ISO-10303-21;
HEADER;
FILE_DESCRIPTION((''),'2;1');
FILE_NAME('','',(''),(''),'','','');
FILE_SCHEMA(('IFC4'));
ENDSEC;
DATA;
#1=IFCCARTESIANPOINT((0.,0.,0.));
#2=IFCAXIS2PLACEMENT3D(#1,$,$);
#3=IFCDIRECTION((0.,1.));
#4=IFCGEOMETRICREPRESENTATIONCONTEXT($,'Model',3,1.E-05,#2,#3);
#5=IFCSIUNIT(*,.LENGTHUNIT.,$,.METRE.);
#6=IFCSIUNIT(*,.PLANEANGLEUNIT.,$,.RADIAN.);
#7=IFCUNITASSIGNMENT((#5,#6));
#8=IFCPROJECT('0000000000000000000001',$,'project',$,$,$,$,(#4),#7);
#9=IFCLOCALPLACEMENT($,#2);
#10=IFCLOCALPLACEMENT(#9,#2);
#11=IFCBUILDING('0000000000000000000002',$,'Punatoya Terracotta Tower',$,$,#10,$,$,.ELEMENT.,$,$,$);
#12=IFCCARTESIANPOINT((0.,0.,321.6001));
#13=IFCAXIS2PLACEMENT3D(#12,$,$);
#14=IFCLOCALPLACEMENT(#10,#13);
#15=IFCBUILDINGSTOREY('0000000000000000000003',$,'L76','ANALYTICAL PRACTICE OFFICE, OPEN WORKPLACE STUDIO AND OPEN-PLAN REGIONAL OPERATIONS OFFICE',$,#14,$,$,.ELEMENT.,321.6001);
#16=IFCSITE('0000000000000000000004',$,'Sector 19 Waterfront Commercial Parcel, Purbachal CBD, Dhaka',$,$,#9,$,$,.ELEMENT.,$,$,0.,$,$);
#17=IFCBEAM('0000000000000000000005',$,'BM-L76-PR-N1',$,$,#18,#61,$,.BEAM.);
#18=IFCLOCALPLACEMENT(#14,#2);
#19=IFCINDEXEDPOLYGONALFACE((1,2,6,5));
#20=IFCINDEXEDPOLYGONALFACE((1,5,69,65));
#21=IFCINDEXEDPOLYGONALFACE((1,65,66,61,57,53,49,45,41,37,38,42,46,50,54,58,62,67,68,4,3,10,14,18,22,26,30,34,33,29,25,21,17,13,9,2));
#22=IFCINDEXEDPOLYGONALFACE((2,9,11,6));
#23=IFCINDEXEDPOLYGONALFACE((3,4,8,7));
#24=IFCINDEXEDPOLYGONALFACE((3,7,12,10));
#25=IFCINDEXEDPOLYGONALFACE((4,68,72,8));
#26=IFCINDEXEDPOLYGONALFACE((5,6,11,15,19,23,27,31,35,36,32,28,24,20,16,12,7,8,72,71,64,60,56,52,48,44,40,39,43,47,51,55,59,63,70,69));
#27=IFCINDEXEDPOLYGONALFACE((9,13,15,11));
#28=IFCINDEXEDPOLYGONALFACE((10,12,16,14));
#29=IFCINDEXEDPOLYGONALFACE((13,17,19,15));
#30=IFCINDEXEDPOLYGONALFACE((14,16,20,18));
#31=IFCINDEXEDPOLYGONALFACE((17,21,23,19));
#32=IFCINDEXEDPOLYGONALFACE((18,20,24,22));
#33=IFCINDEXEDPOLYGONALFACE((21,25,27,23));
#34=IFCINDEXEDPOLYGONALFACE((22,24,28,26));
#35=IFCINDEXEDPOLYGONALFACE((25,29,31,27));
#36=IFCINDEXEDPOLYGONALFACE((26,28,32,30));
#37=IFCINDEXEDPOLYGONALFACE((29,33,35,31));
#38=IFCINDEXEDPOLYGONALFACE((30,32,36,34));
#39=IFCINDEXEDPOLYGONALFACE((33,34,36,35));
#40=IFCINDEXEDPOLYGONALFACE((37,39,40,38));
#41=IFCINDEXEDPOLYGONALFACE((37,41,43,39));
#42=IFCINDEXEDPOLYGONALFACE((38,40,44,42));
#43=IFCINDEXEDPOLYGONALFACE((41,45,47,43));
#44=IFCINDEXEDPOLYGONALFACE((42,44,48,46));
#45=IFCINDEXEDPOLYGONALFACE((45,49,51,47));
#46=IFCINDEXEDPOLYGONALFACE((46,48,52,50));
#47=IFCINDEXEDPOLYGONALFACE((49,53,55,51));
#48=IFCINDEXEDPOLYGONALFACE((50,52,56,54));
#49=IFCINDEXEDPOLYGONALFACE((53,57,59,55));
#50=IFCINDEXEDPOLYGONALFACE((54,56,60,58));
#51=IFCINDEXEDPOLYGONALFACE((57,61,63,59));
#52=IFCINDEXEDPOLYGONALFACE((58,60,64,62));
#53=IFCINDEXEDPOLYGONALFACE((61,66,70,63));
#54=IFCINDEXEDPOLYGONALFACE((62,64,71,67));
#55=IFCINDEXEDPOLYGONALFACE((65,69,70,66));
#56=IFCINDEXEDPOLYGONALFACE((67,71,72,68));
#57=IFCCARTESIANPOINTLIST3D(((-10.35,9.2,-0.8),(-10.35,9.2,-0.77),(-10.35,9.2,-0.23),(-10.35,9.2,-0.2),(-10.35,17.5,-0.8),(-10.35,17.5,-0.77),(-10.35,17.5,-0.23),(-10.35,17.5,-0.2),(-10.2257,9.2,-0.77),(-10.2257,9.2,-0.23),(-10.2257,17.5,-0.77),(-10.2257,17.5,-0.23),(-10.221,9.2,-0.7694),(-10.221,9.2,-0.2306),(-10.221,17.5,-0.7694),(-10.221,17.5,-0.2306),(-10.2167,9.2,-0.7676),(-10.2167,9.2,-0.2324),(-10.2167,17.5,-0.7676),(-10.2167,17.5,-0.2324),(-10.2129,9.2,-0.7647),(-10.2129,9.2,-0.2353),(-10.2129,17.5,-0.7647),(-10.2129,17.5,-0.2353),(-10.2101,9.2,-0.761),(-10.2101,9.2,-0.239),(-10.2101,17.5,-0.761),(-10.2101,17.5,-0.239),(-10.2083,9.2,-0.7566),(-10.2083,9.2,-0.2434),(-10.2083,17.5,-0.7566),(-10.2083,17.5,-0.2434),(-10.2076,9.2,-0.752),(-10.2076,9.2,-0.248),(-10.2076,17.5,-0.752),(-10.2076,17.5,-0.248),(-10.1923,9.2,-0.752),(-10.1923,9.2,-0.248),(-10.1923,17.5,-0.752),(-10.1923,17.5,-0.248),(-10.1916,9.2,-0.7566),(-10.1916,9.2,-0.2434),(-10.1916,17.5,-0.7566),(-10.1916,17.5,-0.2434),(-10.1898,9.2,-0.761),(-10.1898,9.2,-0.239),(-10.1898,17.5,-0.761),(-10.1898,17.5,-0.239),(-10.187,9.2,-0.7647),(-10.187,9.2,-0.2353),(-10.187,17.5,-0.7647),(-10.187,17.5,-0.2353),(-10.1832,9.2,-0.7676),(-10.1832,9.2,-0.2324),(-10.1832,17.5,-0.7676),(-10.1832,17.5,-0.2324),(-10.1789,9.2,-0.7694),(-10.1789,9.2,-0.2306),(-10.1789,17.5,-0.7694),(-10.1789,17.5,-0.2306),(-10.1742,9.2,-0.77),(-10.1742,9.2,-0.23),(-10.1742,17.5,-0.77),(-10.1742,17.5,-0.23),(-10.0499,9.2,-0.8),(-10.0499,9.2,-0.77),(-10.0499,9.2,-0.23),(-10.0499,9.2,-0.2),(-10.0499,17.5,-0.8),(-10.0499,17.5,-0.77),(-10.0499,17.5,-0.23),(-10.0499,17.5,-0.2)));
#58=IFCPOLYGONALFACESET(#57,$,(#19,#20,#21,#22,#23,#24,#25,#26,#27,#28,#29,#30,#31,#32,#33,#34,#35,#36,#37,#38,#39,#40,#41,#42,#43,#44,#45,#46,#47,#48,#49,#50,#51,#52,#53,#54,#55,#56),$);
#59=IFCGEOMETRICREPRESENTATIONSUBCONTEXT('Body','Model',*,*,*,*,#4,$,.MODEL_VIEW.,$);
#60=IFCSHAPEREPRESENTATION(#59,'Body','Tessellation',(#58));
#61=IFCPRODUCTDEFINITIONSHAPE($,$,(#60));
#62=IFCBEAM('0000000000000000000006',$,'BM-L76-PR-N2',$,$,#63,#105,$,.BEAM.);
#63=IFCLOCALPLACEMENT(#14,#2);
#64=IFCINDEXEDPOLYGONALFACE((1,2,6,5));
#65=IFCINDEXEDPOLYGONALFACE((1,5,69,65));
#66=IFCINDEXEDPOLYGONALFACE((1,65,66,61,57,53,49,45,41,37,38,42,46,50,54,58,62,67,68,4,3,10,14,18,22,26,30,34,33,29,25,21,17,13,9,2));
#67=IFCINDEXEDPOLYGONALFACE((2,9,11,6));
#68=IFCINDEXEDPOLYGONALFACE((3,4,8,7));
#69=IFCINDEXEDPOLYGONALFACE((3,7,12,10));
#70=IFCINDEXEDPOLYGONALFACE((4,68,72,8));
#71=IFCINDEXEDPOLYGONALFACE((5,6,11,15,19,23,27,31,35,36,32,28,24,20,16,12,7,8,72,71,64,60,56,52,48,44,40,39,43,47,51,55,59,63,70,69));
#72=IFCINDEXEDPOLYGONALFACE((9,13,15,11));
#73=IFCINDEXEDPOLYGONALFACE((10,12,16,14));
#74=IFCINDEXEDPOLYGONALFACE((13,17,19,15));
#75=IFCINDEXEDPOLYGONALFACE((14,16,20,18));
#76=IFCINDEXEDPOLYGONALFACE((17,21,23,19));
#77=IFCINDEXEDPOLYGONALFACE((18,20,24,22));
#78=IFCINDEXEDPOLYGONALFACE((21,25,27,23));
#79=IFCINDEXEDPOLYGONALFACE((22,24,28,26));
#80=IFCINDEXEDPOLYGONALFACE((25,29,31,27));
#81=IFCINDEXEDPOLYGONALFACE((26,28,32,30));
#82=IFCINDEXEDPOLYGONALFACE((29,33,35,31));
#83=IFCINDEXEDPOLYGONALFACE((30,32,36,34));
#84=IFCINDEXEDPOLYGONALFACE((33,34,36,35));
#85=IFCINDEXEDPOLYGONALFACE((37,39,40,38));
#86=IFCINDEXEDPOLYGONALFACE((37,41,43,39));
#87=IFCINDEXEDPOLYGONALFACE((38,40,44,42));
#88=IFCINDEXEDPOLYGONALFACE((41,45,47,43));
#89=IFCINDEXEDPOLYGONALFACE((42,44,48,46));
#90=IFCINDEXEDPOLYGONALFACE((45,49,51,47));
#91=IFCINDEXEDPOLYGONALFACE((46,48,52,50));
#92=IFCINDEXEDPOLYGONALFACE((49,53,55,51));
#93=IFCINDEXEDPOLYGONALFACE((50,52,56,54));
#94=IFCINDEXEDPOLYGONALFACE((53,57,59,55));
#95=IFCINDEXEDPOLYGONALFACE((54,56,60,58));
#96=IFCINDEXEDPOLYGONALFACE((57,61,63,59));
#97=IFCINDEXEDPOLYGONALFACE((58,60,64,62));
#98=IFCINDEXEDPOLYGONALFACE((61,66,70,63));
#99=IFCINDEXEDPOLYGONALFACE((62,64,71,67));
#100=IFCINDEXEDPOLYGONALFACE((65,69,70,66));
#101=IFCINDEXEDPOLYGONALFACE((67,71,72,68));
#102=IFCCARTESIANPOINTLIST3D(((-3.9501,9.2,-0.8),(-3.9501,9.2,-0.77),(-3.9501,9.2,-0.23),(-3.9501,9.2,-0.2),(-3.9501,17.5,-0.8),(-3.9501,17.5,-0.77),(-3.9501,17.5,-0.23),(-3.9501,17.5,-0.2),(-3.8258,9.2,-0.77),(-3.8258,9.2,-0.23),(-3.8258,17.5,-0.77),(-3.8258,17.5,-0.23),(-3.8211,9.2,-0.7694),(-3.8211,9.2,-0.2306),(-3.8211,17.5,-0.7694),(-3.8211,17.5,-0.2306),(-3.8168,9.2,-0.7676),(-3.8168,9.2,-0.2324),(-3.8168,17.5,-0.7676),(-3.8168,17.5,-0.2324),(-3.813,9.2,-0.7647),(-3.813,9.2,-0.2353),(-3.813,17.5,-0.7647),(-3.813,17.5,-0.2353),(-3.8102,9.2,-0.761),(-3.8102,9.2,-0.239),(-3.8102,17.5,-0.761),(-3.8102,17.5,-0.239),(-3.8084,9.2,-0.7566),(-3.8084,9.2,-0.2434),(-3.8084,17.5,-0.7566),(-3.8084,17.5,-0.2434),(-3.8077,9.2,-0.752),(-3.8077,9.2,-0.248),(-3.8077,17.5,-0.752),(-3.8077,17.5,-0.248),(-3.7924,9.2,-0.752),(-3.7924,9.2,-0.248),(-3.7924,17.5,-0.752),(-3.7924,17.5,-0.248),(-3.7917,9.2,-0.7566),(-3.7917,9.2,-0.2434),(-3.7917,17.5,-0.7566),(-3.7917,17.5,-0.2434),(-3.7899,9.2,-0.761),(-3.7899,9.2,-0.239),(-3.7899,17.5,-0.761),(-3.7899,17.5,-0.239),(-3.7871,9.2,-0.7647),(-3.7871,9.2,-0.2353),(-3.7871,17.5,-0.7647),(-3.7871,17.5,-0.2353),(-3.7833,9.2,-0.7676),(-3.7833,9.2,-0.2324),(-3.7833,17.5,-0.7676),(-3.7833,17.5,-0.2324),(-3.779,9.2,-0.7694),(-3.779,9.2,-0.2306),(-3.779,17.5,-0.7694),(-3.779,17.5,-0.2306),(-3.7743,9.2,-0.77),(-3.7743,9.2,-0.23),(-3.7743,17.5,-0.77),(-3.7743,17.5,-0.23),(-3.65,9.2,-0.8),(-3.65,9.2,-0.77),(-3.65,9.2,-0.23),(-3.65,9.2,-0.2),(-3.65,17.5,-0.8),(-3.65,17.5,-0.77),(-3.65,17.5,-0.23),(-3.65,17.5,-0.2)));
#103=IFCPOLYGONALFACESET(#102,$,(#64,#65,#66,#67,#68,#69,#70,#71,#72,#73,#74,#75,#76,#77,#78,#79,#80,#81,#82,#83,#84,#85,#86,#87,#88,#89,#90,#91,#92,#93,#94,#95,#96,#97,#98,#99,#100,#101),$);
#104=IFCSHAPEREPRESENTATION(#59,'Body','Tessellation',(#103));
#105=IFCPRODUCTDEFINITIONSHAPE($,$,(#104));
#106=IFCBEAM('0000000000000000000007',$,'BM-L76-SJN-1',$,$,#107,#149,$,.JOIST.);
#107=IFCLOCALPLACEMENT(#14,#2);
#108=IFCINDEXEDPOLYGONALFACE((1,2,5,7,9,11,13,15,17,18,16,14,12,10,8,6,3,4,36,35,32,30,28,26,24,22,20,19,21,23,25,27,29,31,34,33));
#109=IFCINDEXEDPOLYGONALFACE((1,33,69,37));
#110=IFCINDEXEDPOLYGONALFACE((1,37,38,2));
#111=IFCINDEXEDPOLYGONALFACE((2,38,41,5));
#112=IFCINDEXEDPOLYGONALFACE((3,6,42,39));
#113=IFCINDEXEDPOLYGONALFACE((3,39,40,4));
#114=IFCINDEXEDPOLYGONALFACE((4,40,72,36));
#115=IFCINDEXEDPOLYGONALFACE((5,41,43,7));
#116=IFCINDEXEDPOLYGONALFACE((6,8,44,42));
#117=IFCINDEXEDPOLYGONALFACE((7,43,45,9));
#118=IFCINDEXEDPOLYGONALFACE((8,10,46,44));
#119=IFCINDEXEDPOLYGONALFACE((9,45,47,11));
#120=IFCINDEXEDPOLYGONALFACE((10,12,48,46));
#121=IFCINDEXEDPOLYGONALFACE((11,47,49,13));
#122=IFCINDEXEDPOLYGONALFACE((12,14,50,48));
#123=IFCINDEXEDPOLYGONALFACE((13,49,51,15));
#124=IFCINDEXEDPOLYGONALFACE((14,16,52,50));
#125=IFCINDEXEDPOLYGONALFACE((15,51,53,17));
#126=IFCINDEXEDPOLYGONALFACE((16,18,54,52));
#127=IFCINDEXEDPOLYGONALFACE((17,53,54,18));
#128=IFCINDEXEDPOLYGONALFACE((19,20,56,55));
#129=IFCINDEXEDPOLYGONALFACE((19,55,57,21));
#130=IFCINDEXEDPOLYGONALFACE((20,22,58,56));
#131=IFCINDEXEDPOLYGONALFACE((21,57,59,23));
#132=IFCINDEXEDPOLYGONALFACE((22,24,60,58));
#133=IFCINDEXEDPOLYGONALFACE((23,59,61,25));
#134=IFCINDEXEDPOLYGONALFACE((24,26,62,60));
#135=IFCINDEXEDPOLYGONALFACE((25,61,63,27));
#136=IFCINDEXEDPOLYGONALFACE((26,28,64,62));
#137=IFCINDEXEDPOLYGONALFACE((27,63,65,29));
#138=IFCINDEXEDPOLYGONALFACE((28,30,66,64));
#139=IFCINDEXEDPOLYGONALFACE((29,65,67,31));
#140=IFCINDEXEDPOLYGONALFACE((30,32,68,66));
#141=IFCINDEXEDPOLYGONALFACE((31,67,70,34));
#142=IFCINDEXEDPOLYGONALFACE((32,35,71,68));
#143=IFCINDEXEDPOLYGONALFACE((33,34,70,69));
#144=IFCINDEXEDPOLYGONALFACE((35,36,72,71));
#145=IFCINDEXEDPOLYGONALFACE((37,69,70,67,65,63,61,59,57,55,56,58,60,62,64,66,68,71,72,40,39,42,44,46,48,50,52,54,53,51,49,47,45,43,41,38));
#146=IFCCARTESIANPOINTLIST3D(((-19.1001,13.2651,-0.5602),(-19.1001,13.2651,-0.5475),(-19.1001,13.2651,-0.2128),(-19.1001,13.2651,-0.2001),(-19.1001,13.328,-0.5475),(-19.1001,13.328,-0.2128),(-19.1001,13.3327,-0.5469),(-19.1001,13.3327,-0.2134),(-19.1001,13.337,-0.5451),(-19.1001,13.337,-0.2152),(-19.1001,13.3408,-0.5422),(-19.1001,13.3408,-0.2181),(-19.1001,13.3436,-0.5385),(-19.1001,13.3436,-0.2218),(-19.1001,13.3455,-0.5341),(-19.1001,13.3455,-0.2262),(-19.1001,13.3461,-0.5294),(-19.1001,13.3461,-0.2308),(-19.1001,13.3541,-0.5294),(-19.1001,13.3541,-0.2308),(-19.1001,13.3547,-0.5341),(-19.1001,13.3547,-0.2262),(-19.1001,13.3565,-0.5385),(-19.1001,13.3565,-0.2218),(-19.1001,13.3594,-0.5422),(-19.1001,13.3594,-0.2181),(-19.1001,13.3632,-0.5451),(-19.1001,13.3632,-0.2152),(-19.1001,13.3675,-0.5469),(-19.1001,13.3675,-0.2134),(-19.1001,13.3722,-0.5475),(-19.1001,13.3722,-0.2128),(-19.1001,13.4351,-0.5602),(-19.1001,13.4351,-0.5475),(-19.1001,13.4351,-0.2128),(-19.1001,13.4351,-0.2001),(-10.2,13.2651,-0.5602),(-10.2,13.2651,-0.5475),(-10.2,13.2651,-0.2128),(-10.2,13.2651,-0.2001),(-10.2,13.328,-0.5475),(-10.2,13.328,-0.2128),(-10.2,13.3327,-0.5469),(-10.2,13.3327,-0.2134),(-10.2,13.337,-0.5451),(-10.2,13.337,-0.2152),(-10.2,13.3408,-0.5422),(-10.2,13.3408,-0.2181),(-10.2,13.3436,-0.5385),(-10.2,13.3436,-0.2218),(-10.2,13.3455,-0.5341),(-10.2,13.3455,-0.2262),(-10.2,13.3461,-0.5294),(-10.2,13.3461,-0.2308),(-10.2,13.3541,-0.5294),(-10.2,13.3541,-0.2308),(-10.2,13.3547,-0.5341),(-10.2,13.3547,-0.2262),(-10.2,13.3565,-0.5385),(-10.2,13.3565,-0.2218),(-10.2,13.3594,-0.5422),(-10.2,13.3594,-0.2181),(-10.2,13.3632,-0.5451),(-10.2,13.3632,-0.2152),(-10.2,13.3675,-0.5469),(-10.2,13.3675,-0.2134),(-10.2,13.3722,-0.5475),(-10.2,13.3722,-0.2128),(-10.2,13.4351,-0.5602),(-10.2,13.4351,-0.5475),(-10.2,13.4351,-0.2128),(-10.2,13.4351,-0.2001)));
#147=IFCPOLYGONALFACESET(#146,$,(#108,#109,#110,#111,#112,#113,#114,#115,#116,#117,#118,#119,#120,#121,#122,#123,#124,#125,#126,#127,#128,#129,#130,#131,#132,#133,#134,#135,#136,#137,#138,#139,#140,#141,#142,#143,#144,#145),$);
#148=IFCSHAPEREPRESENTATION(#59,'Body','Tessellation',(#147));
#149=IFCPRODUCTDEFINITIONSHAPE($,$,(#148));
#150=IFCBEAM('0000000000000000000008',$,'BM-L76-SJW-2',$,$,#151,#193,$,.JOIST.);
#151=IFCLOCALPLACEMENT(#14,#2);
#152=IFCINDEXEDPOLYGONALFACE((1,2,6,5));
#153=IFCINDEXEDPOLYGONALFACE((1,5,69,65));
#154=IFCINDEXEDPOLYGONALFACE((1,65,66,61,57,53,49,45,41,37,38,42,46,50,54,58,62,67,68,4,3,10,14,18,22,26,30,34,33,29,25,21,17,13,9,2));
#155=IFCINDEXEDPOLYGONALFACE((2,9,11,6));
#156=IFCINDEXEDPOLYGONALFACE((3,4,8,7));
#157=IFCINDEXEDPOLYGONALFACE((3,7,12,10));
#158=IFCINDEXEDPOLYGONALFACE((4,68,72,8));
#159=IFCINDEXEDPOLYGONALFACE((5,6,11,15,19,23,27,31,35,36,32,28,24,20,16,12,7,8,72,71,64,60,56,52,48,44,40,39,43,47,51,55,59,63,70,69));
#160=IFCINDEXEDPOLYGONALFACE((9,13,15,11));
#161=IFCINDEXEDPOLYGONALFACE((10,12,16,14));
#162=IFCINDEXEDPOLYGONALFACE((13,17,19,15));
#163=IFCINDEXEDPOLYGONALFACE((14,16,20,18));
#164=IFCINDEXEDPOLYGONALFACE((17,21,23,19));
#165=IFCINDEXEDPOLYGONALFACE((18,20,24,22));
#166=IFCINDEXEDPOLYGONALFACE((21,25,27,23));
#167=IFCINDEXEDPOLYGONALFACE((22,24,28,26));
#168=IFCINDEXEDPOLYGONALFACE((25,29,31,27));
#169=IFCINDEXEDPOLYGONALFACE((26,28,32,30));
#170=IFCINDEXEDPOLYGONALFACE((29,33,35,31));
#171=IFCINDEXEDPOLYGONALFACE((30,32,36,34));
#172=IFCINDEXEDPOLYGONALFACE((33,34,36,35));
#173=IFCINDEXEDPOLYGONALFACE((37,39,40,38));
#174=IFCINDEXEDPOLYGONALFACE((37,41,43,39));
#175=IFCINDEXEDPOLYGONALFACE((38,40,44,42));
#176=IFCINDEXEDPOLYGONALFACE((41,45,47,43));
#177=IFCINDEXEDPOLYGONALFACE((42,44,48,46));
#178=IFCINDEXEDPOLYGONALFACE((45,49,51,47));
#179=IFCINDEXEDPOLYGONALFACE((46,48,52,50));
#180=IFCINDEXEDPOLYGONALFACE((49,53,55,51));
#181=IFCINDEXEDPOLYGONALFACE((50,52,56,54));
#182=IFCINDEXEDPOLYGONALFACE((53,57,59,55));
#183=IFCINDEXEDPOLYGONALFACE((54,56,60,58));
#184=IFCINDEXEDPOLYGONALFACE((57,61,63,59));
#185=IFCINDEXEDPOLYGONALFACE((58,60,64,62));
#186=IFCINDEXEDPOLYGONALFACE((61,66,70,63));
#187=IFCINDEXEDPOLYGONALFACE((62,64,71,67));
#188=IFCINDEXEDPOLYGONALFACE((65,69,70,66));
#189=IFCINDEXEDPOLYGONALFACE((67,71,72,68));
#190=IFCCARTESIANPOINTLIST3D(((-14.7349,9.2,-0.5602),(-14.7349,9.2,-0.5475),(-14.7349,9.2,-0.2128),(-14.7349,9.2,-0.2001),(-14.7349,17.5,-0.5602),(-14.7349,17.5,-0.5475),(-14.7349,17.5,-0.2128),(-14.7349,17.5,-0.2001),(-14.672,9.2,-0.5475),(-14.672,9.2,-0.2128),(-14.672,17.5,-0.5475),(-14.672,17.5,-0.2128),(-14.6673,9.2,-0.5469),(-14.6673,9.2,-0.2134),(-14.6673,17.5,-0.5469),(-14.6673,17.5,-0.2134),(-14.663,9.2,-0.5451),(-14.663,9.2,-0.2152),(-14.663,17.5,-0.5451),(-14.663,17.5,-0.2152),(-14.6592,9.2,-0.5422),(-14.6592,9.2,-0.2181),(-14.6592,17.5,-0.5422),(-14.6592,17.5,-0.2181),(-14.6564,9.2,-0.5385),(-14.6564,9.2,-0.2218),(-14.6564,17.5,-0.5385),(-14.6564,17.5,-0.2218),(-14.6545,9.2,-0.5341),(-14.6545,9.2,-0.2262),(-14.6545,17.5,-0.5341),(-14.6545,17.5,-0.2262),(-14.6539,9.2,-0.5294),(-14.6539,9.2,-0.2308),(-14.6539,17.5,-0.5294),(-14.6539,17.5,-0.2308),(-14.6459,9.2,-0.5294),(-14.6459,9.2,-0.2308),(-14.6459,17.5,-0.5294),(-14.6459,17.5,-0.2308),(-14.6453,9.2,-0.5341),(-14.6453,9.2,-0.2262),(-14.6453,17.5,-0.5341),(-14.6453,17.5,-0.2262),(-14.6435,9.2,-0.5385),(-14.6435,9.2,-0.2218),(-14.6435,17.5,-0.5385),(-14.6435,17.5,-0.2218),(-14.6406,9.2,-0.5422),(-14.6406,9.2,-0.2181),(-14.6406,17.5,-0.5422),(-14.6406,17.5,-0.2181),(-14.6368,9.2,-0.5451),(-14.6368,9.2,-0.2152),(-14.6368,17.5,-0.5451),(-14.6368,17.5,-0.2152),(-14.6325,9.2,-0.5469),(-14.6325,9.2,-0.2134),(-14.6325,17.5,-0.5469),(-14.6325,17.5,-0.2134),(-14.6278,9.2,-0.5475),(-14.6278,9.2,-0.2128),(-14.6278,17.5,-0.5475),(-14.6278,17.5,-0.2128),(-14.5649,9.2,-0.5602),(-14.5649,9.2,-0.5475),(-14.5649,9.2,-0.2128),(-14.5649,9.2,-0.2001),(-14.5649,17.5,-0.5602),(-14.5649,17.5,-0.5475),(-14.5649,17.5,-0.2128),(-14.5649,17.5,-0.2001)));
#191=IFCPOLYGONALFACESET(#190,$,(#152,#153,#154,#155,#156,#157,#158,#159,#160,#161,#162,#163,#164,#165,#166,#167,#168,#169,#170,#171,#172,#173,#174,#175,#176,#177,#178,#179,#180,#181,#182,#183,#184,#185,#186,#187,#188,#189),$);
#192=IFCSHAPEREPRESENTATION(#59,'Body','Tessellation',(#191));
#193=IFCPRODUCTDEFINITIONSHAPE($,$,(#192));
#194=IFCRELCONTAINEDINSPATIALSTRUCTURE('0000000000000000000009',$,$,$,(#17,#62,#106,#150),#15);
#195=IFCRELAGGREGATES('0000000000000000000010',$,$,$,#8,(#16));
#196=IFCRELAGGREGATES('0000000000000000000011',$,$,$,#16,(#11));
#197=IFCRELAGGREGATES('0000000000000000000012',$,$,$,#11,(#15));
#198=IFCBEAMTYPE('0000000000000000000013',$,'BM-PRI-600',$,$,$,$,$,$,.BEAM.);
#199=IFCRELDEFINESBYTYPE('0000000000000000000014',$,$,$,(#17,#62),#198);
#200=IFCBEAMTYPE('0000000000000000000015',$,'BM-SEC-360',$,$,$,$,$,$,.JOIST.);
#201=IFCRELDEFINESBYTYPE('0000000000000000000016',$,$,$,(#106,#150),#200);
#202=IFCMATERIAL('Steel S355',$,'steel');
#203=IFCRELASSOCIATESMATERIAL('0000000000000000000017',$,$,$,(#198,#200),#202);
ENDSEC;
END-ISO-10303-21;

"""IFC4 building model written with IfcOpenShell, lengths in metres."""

from ifc_helpers import new_model, si_unit, direction, frame, origin, origin_2d, place, context, subcontext, project, spatial, i_section, extrude, material, material_profile, profile_set, type_object, element, save


model = new_model("IFC4")

# Units and contexts
model_context = context("Model", 3, precision=1e-05, world=origin(), true_north=direction((0.0, 1.0)))
body_context = subcontext(model_context, "Body", "Model", "MODEL_VIEW")
ifc_project = project(units=[si_unit("LENGTHUNIT", "METRE"), si_unit("PLANEANGLEUNIT", "RADIAN")], contexts=[model_context])

# Site, building, storey
site_placement = place(None, origin())
site = spatial("IfcSite", under=ifc_project, at=site_placement, Name="Sector 19 Waterfront Commercial Parcel, Purbachal CBD, Dhaka", CompositionType="ELEMENT", RefElevation=0.0)
building_placement = place(site_placement, origin())
building = spatial("IfcBuilding", under=site, at=building_placement, Name="Punatoya Terracotta Tower", CompositionType="ELEMENT")
storey_placement = place(building_placement, frame((0.0, 0.0, 321.6001)))
storey = spatial("IfcBuildingStorey", under=building, at=storey_placement, Name="L76", Description="ANALYTICAL PRACTICE OFFICE, OPEN WORKPLACE STUDIO AND OPEN-PLAN REGIONAL OPERATIONS OFFICE", CompositionType="ELEMENT", Elevation=321.6001)

# Beams
ifc_material_1 = material(Name="Steel S355", Category="steel")
ifc_material_profile_1 = material_profile(ifc_material_1, i_section(OverallWidth=0.3, OverallDepth=0.6001, WebThickness=0.0154, FlangeThickness=0.03, FilletRadius=0.0181, at=origin_2d()))
ifc_profile_set_1 = profile_set([ifc_material_profile_1], Name="Steel S355")
beam_type_1 = type_object("IfcBeamType", Name="BM-PRI-600", PredefinedType="BEAM", material=ifc_profile_set_1)
for number, where, z_axis, x_axis, name in (
    (1, (-10.2, 9.2, -0.5), (0.0, 1.0, 0.0), (-1.0, 0.0, 0.0), "BM-L76-PR-N1"),
    (2, (-3.8, 9.2, -0.5), (0.0, 1.0, 0.0), (-1.0, 0.0, 0.0), "BM-L76-PR-N2"),
):
    element("IfcBeam", number, at=place(storey_placement, frame(where, z_axis=z_axis, x_axis=x_axis)), inside=storey, type_object=beam_type_1, Name=name, PredefinedType="BEAM", context=body_context, shape_type="SweptSolid", body=[
        extrude(i_section(OverallWidth=0.3, OverallDepth=0.6001, WebThickness=0.0154, FlangeThickness=0.03, FilletRadius=0.0181, at=origin_2d()), origin(), (0.0, 0.0, 1.0), 8.3),
    ])
ifc_material_profile_2 = material_profile(ifc_material_1, i_section(OverallWidth=0.1699, OverallDepth=0.3601, WebThickness=0.0081, FlangeThickness=0.0127, FilletRadius=0.0181, at=origin_2d()))
ifc_profile_set_2 = profile_set([ifc_material_profile_2], Name="Steel S355")
beam_type_2 = type_object("IfcBeamType", Name="BM-SEC-360", PredefinedType="JOIST", material=ifc_profile_set_2)
beam_1_placement = place(storey_placement, frame((-19.1001, 13.3501, -0.3801), z_axis=(1.0, 0.0, 0.0), x_axis=(0.0, 1.0, 0.0)))
element("IfcBeam", 3, at=beam_1_placement, inside=storey, type_object=beam_type_2, Name="BM-L76-SJN-1", PredefinedType="JOIST", context=body_context, shape_type="SweptSolid", body=[
    extrude(i_section(OverallWidth=0.1699, OverallDepth=0.3601, WebThickness=0.0081, FlangeThickness=0.0127, FilletRadius=0.0181, at=origin_2d()), origin(), (0.0, 0.0, 1.0), 8.9001),
])
beam_2_placement = place(storey_placement, frame((-14.6499, 9.2, -0.3801), z_axis=(0.0, 1.0, 0.0), x_axis=(-1.0, 0.0, 0.0)))
element("IfcBeam", 4, at=beam_2_placement, inside=storey, type_object=beam_type_2, Name="BM-L76-SJW-2", PredefinedType="JOIST", context=body_context, shape_type="SweptSolid", body=[
    extrude(i_section(OverallWidth=0.1699, OverallDepth=0.3601, WebThickness=0.0081, FlangeThickness=0.0127, FilletRadius=0.0181, at=origin_2d()), origin(), (0.0, 0.0, 1.0), 8.3),
])

save(model, "model.ifc")
